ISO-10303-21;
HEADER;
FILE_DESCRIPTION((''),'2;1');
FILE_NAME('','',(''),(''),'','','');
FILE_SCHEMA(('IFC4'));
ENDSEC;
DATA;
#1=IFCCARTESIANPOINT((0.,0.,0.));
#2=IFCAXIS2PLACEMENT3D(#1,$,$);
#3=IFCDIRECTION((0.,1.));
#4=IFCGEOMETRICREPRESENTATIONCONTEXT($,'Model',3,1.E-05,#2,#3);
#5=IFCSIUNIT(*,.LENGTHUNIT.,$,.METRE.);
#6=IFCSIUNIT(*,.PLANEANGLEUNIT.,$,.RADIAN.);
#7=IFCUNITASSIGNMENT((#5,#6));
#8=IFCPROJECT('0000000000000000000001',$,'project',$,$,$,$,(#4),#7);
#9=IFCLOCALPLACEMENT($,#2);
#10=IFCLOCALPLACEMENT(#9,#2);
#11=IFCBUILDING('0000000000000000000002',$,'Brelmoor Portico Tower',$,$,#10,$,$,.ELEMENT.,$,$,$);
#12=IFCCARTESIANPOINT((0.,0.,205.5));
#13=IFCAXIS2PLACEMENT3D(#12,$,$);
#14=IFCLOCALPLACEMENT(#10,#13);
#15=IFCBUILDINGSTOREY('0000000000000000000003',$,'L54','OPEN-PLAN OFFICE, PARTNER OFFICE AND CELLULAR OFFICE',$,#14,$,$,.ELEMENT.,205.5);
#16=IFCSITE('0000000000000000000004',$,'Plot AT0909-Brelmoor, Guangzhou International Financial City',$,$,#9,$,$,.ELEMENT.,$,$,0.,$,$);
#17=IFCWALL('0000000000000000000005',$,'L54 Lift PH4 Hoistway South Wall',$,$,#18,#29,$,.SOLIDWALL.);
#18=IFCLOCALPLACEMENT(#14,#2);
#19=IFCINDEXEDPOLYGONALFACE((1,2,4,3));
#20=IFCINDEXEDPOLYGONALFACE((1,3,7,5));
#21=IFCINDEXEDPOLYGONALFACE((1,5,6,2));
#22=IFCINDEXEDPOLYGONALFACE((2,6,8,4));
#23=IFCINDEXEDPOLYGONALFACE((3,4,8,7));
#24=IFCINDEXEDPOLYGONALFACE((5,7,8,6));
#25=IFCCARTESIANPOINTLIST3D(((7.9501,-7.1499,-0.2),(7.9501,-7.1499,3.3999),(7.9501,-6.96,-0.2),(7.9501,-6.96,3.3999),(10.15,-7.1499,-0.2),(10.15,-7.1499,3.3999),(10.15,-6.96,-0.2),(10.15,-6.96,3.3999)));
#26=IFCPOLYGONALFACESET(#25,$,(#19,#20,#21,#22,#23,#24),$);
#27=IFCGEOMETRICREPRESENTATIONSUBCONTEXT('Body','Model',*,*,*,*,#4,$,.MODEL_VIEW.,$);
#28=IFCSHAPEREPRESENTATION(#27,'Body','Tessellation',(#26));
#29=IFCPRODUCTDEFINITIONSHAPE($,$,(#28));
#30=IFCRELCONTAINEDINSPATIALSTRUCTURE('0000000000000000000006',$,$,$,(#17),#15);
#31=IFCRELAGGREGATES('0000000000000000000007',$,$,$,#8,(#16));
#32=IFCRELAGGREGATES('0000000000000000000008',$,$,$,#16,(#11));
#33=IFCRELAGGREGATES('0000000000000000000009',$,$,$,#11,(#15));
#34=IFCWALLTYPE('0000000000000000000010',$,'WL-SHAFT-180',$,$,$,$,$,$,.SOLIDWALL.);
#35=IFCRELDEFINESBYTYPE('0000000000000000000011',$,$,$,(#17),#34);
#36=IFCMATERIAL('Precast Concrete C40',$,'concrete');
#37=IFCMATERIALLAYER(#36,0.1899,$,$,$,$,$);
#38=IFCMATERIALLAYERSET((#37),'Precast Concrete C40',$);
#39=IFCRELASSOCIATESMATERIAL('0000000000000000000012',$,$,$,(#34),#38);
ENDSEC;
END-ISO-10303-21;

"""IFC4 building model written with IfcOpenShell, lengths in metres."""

from ifc_helpers import new_model, si_unit, direction, frame, frame_2d, origin, place, context, subcontext, project, spatial, rectangle, extrude, material, layer, layer_set, type_object, element, save


model = new_model("IFC4")

# Units and contexts
model_context = context("Model", 3, precision=1e-05, world=origin(), true_north=direction((0.0, 1.0)))
body_context = subcontext(model_context, "Body", "Model", "MODEL_VIEW")
ifc_project = project(units=[si_unit("LENGTHUNIT", "METRE"), si_unit("PLANEANGLEUNIT", "RADIAN")], contexts=[model_context])

# Site, building, storey
site_placement = place(None, origin())
site = spatial("IfcSite", under=ifc_project, at=site_placement, Name="Plot AT0909-Brelmoor, Guangzhou International Financial City", CompositionType="ELEMENT", RefElevation=0.0)
building_placement = place(site_placement, origin())
building = spatial("IfcBuilding", under=site, at=building_placement, Name="Brelmoor Portico Tower", CompositionType="ELEMENT")
storey_placement = place(building_placement, frame((0.0, 0.0, 205.5)))
storey = spatial("IfcBuildingStorey", under=building, at=storey_placement, Name="L54", Description="OPEN-PLAN OFFICE, PARTNER OFFICE AND CELLULAR OFFICE", CompositionType="ELEMENT", Elevation=205.5)

# Wall
ifc_material_1 = material(Name="Precast Concrete C40", Category="concrete")
ifc_layer_1 = layer(ifc_material_1, 0.1899)
ifc_layer_set_1 = layer_set([ifc_layer_1], Name="Precast Concrete C40")
wall_type_1 = type_object("IfcWallType", Name="WL-SHAFT-180", PredefinedType="SOLIDWALL", material=ifc_layer_set_1)
for number, where, z_axis, x_axis, name in (
    (1, (7.95, -7.0549, -0.2), (0.0, 0.0, 1.0), (1.0, 0.0, 0.0), "L54 Lift PH4 Hoistway South Wall"),
):
    element("IfcWall", number, at=place(storey_placement, frame(where, z_axis=z_axis, x_axis=x_axis)), inside=storey, type_object=wall_type_1, Name=name, PredefinedType="SOLIDWALL", context=body_context, shape_type="SweptSolid", body=[
        extrude(rectangle(XDim=2.2, YDim=0.1899, at=frame_2d((1.1001, 0.0))), origin(), (0.0, 0.0, 1.0), 3.5999),
    ])

save(model, "model.ifc")
